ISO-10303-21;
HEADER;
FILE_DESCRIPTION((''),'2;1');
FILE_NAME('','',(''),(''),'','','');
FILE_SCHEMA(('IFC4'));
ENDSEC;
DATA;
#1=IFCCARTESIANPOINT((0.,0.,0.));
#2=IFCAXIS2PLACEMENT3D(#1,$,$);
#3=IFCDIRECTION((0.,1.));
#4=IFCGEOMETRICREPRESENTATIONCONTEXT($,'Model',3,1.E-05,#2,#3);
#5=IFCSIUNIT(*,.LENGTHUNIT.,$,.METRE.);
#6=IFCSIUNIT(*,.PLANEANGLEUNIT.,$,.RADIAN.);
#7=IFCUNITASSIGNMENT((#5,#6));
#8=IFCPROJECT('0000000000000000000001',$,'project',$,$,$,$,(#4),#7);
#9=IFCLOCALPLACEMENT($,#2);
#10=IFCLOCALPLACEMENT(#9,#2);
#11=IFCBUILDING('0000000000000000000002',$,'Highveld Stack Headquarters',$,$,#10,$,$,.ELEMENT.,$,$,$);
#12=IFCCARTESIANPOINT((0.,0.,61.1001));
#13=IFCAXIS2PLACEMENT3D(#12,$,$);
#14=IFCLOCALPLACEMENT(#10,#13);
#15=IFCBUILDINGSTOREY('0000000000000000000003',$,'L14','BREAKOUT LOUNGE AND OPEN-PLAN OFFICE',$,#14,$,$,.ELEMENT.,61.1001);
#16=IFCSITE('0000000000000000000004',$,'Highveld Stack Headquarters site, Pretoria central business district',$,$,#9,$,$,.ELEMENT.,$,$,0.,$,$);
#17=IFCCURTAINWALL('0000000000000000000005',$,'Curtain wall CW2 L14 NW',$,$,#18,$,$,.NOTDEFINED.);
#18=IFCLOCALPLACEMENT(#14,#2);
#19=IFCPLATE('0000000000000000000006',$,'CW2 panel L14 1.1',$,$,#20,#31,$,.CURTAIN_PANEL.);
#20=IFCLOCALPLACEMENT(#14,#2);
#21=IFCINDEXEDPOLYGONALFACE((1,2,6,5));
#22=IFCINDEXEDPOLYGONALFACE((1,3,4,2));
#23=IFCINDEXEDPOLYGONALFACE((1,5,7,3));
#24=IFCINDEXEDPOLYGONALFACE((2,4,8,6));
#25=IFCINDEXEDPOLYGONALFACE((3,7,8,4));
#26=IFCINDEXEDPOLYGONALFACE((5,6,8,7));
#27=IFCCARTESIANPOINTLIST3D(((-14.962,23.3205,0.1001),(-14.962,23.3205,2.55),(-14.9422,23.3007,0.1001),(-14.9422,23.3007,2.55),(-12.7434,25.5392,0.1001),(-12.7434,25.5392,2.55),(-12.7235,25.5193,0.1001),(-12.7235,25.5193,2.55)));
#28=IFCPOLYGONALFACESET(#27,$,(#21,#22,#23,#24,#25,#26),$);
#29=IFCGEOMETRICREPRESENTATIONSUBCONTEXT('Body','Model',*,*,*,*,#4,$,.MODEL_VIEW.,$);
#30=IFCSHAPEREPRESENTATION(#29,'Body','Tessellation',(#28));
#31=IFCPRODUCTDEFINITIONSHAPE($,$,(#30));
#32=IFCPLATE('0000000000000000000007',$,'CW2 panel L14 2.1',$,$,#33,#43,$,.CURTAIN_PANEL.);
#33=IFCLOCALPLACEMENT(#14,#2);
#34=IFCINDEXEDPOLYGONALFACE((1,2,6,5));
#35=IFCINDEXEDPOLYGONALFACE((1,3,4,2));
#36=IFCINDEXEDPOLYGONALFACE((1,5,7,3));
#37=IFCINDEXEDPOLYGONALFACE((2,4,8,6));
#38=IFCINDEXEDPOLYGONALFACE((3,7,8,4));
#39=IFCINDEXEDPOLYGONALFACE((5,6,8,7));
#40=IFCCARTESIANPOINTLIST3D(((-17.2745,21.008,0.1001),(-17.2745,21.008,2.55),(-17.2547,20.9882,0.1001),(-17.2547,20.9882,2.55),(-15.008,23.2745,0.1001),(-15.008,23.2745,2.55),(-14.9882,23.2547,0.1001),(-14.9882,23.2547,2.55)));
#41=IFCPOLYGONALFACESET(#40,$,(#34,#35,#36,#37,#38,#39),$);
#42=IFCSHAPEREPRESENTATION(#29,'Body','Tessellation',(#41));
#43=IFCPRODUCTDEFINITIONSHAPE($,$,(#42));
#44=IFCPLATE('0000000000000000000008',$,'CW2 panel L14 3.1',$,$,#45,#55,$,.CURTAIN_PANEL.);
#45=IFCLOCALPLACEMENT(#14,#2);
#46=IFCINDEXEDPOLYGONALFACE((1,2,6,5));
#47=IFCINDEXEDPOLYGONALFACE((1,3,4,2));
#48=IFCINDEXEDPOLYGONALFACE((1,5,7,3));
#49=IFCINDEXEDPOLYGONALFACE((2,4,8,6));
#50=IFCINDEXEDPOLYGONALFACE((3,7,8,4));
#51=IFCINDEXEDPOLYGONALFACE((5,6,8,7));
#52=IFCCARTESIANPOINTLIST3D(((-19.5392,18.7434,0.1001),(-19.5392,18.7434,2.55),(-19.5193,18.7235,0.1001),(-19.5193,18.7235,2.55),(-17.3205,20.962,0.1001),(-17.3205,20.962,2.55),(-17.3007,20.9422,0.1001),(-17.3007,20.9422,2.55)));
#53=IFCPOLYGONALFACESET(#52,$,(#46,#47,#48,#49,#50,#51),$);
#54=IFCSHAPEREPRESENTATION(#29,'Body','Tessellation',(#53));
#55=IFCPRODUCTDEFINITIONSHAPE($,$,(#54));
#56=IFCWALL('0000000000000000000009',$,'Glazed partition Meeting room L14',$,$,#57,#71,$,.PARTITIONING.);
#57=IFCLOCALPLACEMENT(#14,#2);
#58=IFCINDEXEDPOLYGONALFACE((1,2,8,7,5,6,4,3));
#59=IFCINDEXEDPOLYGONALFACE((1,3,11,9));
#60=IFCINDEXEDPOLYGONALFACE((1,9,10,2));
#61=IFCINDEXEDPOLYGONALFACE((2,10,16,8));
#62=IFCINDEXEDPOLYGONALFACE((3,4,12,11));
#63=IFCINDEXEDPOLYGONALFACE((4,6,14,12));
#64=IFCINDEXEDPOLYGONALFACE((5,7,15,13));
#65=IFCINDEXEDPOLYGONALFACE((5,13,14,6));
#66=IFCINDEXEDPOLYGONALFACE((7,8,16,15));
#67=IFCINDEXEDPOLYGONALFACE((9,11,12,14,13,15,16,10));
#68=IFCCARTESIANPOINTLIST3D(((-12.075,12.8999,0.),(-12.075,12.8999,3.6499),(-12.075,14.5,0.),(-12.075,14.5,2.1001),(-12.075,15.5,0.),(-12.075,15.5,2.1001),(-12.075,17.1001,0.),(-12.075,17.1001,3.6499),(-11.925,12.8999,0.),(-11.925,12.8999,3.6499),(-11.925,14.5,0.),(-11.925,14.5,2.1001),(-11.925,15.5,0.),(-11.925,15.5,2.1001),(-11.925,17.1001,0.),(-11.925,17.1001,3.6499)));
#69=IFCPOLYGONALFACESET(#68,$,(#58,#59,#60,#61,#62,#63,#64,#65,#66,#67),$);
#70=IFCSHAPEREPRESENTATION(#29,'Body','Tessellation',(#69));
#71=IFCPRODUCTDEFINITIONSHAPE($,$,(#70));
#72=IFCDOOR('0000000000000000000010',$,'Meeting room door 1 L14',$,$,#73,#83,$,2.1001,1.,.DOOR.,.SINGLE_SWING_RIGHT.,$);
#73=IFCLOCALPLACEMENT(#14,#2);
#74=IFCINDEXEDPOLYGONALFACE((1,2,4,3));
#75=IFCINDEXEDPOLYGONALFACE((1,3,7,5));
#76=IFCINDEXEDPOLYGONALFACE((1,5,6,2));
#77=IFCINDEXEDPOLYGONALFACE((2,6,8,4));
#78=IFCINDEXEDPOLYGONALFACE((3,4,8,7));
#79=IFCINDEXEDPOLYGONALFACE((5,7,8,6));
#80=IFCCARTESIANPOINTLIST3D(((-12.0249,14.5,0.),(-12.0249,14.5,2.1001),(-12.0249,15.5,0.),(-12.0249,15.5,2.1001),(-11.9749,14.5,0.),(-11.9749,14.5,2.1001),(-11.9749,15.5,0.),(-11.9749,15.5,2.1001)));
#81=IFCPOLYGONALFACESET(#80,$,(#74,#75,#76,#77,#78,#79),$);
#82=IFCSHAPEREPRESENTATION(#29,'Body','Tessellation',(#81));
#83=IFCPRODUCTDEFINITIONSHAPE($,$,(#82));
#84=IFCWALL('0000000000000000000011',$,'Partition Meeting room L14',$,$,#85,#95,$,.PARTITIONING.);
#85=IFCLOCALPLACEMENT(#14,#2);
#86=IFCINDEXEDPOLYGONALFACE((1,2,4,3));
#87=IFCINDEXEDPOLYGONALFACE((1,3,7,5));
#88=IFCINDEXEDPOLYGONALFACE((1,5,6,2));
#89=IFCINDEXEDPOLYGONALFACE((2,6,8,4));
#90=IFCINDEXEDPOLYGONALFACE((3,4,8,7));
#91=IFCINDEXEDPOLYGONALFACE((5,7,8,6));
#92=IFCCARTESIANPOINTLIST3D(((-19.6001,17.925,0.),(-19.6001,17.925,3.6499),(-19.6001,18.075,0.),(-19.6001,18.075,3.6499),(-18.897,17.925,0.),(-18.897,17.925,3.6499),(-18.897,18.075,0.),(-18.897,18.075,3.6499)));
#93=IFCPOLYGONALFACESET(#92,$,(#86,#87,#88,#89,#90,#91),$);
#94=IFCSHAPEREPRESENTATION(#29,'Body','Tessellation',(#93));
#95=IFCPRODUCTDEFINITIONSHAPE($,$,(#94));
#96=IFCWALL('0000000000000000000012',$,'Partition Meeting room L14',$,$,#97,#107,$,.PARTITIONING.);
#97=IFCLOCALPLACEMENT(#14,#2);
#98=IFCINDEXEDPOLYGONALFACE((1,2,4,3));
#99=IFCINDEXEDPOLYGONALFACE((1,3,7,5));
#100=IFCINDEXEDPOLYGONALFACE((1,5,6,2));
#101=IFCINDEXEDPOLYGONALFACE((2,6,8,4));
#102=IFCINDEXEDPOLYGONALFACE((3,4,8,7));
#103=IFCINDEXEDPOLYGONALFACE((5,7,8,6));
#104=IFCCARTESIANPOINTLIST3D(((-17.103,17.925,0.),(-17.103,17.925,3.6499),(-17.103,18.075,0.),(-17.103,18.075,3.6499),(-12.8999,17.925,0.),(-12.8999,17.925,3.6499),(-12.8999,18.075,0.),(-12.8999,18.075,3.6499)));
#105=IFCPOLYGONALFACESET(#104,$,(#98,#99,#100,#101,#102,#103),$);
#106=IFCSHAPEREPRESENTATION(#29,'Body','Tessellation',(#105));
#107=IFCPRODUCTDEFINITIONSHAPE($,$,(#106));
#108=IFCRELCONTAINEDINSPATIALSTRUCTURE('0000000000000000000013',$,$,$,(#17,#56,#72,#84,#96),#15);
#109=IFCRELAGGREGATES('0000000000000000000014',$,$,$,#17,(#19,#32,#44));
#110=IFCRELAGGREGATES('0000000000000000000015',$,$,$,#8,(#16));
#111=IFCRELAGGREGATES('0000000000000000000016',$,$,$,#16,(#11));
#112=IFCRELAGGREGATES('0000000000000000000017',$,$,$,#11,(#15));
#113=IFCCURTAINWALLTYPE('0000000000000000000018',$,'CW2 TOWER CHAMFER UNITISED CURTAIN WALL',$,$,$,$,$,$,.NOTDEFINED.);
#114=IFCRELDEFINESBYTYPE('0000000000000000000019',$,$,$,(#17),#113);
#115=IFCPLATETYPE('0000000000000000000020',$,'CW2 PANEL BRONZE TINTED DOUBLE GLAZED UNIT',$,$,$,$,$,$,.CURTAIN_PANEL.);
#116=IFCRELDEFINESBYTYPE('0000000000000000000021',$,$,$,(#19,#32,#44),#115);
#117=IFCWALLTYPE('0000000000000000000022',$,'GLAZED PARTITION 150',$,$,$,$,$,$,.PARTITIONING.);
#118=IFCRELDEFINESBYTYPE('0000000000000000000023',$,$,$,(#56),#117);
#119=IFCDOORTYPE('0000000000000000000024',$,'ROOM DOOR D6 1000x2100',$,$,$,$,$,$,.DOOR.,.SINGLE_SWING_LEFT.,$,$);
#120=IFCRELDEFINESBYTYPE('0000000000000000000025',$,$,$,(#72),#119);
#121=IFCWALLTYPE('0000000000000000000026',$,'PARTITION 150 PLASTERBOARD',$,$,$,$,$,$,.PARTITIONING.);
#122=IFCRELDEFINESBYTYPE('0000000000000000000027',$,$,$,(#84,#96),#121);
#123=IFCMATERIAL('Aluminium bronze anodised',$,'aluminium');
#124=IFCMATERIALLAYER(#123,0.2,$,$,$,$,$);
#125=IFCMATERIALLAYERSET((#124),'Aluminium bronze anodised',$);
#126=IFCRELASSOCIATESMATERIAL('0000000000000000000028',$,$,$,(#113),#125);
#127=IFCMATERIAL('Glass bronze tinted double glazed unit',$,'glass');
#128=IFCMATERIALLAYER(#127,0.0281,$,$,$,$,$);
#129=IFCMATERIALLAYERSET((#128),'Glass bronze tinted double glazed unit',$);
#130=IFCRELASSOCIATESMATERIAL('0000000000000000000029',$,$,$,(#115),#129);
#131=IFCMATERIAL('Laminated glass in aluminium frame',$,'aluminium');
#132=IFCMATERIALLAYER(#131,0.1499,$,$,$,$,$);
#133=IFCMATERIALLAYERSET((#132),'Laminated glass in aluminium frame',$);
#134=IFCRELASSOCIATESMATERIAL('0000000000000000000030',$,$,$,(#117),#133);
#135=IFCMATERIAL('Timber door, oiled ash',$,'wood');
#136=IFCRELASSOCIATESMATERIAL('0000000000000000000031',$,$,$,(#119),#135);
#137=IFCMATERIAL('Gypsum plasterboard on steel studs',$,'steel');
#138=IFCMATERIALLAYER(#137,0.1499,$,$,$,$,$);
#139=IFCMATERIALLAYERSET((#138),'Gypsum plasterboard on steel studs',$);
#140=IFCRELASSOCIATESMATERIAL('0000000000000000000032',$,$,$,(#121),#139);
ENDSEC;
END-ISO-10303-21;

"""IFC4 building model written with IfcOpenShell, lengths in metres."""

from ifc_helpers import new_model, si_unit, direction, frame, frame_2d, origin, origin_2d, place, context, subcontext, project, spatial, rectangle, extrude, material, layer, layer_set, type_object, element, fill, aggregate, save


model = new_model("IFC4")

# Units and contexts
model_context = context("Model", 3, precision=1e-05, world=origin(), true_north=direction((0.0, 1.0)))
body_context = subcontext(model_context, "Body", "Model", "MODEL_VIEW")
ifc_project = project(units=[si_unit("LENGTHUNIT", "METRE"), si_unit("PLANEANGLEUNIT", "RADIAN")], contexts=[model_context])

# Site, building, storey
site_placement = place(None, origin())
site = spatial("IfcSite", under=ifc_project, at=site_placement, Name="Highveld Stack Headquarters site, Pretoria central business district", CompositionType="ELEMENT", RefElevation=0.0)
building_placement = place(site_placement, origin())
building = spatial("IfcBuilding", under=site, at=building_placement, Name="Highveld Stack Headquarters", CompositionType="ELEMENT")
storey_placement = place(building_placement, frame((0.0, 0.0, 61.1001)))
storey = spatial("IfcBuildingStorey", under=building, at=storey_placement, Name="L14", Description="BREAKOUT LOUNGE AND OPEN-PLAN OFFICE", CompositionType="ELEMENT", Elevation=61.1001)

# Curtain wall
ifc_material_1 = material(Name="Aluminium bronze anodised", Category="aluminium")
ifc_layer_1 = layer(ifc_material_1, 0.2)
ifc_layer_set_1 = layer_set([ifc_layer_1], Name="Aluminium bronze anodised")
curtain_wall_type_1 = type_object("IfcCurtainWallType", Name="CW2 TOWER CHAMFER UNITISED CURTAIN WALL", PredefinedType="NOTDEFINED", material=ifc_layer_set_1)
curtain_wall_1_placement = place(storey_placement, origin())
curtain_wall_1 = element("IfcCurtainWall", 1, at=curtain_wall_1_placement, inside=storey, type_object=curtain_wall_type_1, Name="Curtain wall CW2 L14 NW", PredefinedType="NOTDEFINED")

# Plates
ifc_material_2 = material(Name="Glass bronze tinted double glazed unit", Category="glass")
ifc_layer_2 = layer(ifc_material_2, 0.0281)
ifc_layer_set_2 = layer_set([ifc_layer_2], Name="Glass bronze tinted double glazed unit")
plate_type_1 = type_object("IfcPlateType", Name="CW2 PANEL BRONZE TINTED DOUBLE GLAZED UNIT", PredefinedType="CURTAIN_PANEL", material=ifc_layer_set_2)
plate_1_placement = place(storey_placement, frame((-13.8428, 24.4199, 0.1001), z_axis=(0.0, 0.0, 1.0), x_axis=(-0.707107, -0.707107, 0.0)))
plate_1 = element("IfcPlate", 2, at=plate_1_placement, type_object=plate_type_1, Name="CW2 panel L14 1.1", PredefinedType="CURTAIN_PANEL", context=body_context, shape_type="SweptSolid", body=[
    extrude(rectangle(XDim=3.1377, YDim=0.0281, at=origin_2d()), origin(), (0.0, 0.0, 1.0), 2.45),
])
plate_2_placement = place(storey_placement, frame((-16.1313, 22.1313, 0.1001), z_axis=(0.0, 0.0, 1.0), x_axis=(-0.707107, -0.707107, 0.0)))
plate_2 = element("IfcPlate", 3, at=plate_2_placement, type_object=plate_type_1, Name="CW2 panel L14 2.1", PredefinedType="CURTAIN_PANEL", context=body_context, shape_type="SweptSolid", body=[
    extrude(rectangle(XDim=3.2053, YDim=0.0281, at=origin_2d()), origin(), (0.0, 0.0, 1.0), 2.45),
])
plate_3_placement = place(storey_placement, frame((-18.4199, 19.8428, 0.1001), z_axis=(0.0, 0.0, 1.0), x_axis=(-0.707107, -0.707107, 0.0)))
plate_3 = element("IfcPlate", 4, at=plate_3_placement, type_object=plate_type_1, Name="CW2 panel L14 3.1", PredefinedType="CURTAIN_PANEL", context=body_context, shape_type="SweptSolid", body=[
    extrude(rectangle(XDim=3.1377, YDim=0.0281, at=origin_2d()), origin(), (0.0, 0.0, 1.0), 2.45),
])
aggregate(curtain_wall_1, [plate_1, plate_2, plate_3])

# Wall, opening, door
ifc_material_3 = material(Name="Laminated glass in aluminium frame", Category="aluminium")
ifc_layer_3 = layer(ifc_material_3, 0.1499)
ifc_layer_set_3 = layer_set([ifc_layer_3], Name="Laminated glass in aluminium frame")
wall_type_1 = type_object("IfcWallType", Name="GLAZED PARTITION 150", PredefinedType="PARTITIONING", material=ifc_layer_set_3)
wall_1_placement = place(storey_placement, frame((-12.0, 12.8999, 0.0), z_axis=(0.0, 0.0, 1.0), x_axis=(0.0, 1.0, 0.0)))
wall_1 = element("IfcWall", 5, at=wall_1_placement, inside=storey, type_object=wall_type_1, Name="Glazed partition Meeting room L14", PredefinedType="PARTITIONING", context=body_context, shape_type="SweptSolid", body=[
    extrude(rectangle(XDim=4.2002, YDim=0.1499, at=frame_2d((2.1001, 0.0))), origin(), (0.0, 0.0, 1.0), 3.6499),
])
opening_placement = place(wall_1_placement, frame((1.6001, 0.0, 0.0)))
opening = element("IfcOpeningElement", 6, at=opening_placement, cuts=wall_1, PredefinedType="OPENING", context=body_context, shape_type="SweptSolid", body=[
    extrude(rectangle(XDim=1.0, YDim=2.1001, at=frame_2d((0.5, 1.05))), frame((0.0, 0.085, 0.0), z_axis=(0.0, -1.0, 0.0), x_axis=(1.0, 0.0, 0.0)), (0.0, 0.0, 1.0), 0.1699),
])
ifc_material_4 = material(Name="Timber door, oiled ash", Category="wood")
door_type = type_object("IfcDoorType", Name="ROOM DOOR D6 1000x2100", OperationType="SINGLE_SWING_LEFT", PredefinedType="DOOR", material=ifc_material_4)
door_placement = place(opening_placement, origin())
door = element("IfcDoor", 7, at=door_placement, inside=storey, type_object=door_type, Name="Meeting room door 1 L14", OperationType="SINGLE_SWING_RIGHT", OverallHeight=2.1001, OverallWidth=1.0, PredefinedType="DOOR", context=body_context, shape_type="SweptSolid", body=[
    extrude(rectangle(XDim=1.0, YDim=2.1001, at=frame_2d((0.5, 1.05))), frame((0.0, 0.0249, 0.0), z_axis=(0.0, -1.0, 0.0), x_axis=(1.0, 0.0, 0.0)), (0.0, 0.0, 1.0), 0.05),
])
fill(opening, door)

# Walls
ifc_material_5 = material(Name="Gypsum plasterboard on steel studs", Category="steel")
ifc_layer_4 = layer(ifc_material_5, 0.1499)
ifc_layer_set_4 = layer_set([ifc_layer_4], Name="Gypsum plasterboard on steel studs")
wall_type_2 = type_object("IfcWallType", Name="PARTITION 150 PLASTERBOARD", PredefinedType="PARTITIONING", material=ifc_layer_set_4)
wall_2_placement = place(storey_placement, frame((-19.6001, 18.0, 0.0), z_axis=(0.0, 0.0, 1.0), x_axis=(1.0, 0.0, 0.0)))
element("IfcWall", 8, at=wall_2_placement, inside=storey, type_object=wall_type_2, Name="Partition Meeting room L14", PredefinedType="PARTITIONING", context=body_context, shape_type="SweptSolid", body=[
    extrude(rectangle(XDim=0.7031, YDim=0.1499, at=frame_2d((0.3516, 0.0))), origin(), (0.0, 0.0, 1.0), 3.6499),
])
wall_3_placement = place(storey_placement, frame((-17.103, 18.0, 0.0), z_axis=(0.0, 0.0, 1.0), x_axis=(1.0, 0.0, 0.0)))
element("IfcWall", 9, at=wall_3_placement, inside=storey, type_object=wall_type_2, Name="Partition Meeting room L14", PredefinedType="PARTITIONING", context=body_context, shape_type="SweptSolid", body=[
    extrude(rectangle(XDim=4.2031, YDim=0.1499, at=frame_2d((2.1016, 0.0))), origin(), (0.0, 0.0, 1.0), 3.6499),
])

save(model, "model.ifc")
